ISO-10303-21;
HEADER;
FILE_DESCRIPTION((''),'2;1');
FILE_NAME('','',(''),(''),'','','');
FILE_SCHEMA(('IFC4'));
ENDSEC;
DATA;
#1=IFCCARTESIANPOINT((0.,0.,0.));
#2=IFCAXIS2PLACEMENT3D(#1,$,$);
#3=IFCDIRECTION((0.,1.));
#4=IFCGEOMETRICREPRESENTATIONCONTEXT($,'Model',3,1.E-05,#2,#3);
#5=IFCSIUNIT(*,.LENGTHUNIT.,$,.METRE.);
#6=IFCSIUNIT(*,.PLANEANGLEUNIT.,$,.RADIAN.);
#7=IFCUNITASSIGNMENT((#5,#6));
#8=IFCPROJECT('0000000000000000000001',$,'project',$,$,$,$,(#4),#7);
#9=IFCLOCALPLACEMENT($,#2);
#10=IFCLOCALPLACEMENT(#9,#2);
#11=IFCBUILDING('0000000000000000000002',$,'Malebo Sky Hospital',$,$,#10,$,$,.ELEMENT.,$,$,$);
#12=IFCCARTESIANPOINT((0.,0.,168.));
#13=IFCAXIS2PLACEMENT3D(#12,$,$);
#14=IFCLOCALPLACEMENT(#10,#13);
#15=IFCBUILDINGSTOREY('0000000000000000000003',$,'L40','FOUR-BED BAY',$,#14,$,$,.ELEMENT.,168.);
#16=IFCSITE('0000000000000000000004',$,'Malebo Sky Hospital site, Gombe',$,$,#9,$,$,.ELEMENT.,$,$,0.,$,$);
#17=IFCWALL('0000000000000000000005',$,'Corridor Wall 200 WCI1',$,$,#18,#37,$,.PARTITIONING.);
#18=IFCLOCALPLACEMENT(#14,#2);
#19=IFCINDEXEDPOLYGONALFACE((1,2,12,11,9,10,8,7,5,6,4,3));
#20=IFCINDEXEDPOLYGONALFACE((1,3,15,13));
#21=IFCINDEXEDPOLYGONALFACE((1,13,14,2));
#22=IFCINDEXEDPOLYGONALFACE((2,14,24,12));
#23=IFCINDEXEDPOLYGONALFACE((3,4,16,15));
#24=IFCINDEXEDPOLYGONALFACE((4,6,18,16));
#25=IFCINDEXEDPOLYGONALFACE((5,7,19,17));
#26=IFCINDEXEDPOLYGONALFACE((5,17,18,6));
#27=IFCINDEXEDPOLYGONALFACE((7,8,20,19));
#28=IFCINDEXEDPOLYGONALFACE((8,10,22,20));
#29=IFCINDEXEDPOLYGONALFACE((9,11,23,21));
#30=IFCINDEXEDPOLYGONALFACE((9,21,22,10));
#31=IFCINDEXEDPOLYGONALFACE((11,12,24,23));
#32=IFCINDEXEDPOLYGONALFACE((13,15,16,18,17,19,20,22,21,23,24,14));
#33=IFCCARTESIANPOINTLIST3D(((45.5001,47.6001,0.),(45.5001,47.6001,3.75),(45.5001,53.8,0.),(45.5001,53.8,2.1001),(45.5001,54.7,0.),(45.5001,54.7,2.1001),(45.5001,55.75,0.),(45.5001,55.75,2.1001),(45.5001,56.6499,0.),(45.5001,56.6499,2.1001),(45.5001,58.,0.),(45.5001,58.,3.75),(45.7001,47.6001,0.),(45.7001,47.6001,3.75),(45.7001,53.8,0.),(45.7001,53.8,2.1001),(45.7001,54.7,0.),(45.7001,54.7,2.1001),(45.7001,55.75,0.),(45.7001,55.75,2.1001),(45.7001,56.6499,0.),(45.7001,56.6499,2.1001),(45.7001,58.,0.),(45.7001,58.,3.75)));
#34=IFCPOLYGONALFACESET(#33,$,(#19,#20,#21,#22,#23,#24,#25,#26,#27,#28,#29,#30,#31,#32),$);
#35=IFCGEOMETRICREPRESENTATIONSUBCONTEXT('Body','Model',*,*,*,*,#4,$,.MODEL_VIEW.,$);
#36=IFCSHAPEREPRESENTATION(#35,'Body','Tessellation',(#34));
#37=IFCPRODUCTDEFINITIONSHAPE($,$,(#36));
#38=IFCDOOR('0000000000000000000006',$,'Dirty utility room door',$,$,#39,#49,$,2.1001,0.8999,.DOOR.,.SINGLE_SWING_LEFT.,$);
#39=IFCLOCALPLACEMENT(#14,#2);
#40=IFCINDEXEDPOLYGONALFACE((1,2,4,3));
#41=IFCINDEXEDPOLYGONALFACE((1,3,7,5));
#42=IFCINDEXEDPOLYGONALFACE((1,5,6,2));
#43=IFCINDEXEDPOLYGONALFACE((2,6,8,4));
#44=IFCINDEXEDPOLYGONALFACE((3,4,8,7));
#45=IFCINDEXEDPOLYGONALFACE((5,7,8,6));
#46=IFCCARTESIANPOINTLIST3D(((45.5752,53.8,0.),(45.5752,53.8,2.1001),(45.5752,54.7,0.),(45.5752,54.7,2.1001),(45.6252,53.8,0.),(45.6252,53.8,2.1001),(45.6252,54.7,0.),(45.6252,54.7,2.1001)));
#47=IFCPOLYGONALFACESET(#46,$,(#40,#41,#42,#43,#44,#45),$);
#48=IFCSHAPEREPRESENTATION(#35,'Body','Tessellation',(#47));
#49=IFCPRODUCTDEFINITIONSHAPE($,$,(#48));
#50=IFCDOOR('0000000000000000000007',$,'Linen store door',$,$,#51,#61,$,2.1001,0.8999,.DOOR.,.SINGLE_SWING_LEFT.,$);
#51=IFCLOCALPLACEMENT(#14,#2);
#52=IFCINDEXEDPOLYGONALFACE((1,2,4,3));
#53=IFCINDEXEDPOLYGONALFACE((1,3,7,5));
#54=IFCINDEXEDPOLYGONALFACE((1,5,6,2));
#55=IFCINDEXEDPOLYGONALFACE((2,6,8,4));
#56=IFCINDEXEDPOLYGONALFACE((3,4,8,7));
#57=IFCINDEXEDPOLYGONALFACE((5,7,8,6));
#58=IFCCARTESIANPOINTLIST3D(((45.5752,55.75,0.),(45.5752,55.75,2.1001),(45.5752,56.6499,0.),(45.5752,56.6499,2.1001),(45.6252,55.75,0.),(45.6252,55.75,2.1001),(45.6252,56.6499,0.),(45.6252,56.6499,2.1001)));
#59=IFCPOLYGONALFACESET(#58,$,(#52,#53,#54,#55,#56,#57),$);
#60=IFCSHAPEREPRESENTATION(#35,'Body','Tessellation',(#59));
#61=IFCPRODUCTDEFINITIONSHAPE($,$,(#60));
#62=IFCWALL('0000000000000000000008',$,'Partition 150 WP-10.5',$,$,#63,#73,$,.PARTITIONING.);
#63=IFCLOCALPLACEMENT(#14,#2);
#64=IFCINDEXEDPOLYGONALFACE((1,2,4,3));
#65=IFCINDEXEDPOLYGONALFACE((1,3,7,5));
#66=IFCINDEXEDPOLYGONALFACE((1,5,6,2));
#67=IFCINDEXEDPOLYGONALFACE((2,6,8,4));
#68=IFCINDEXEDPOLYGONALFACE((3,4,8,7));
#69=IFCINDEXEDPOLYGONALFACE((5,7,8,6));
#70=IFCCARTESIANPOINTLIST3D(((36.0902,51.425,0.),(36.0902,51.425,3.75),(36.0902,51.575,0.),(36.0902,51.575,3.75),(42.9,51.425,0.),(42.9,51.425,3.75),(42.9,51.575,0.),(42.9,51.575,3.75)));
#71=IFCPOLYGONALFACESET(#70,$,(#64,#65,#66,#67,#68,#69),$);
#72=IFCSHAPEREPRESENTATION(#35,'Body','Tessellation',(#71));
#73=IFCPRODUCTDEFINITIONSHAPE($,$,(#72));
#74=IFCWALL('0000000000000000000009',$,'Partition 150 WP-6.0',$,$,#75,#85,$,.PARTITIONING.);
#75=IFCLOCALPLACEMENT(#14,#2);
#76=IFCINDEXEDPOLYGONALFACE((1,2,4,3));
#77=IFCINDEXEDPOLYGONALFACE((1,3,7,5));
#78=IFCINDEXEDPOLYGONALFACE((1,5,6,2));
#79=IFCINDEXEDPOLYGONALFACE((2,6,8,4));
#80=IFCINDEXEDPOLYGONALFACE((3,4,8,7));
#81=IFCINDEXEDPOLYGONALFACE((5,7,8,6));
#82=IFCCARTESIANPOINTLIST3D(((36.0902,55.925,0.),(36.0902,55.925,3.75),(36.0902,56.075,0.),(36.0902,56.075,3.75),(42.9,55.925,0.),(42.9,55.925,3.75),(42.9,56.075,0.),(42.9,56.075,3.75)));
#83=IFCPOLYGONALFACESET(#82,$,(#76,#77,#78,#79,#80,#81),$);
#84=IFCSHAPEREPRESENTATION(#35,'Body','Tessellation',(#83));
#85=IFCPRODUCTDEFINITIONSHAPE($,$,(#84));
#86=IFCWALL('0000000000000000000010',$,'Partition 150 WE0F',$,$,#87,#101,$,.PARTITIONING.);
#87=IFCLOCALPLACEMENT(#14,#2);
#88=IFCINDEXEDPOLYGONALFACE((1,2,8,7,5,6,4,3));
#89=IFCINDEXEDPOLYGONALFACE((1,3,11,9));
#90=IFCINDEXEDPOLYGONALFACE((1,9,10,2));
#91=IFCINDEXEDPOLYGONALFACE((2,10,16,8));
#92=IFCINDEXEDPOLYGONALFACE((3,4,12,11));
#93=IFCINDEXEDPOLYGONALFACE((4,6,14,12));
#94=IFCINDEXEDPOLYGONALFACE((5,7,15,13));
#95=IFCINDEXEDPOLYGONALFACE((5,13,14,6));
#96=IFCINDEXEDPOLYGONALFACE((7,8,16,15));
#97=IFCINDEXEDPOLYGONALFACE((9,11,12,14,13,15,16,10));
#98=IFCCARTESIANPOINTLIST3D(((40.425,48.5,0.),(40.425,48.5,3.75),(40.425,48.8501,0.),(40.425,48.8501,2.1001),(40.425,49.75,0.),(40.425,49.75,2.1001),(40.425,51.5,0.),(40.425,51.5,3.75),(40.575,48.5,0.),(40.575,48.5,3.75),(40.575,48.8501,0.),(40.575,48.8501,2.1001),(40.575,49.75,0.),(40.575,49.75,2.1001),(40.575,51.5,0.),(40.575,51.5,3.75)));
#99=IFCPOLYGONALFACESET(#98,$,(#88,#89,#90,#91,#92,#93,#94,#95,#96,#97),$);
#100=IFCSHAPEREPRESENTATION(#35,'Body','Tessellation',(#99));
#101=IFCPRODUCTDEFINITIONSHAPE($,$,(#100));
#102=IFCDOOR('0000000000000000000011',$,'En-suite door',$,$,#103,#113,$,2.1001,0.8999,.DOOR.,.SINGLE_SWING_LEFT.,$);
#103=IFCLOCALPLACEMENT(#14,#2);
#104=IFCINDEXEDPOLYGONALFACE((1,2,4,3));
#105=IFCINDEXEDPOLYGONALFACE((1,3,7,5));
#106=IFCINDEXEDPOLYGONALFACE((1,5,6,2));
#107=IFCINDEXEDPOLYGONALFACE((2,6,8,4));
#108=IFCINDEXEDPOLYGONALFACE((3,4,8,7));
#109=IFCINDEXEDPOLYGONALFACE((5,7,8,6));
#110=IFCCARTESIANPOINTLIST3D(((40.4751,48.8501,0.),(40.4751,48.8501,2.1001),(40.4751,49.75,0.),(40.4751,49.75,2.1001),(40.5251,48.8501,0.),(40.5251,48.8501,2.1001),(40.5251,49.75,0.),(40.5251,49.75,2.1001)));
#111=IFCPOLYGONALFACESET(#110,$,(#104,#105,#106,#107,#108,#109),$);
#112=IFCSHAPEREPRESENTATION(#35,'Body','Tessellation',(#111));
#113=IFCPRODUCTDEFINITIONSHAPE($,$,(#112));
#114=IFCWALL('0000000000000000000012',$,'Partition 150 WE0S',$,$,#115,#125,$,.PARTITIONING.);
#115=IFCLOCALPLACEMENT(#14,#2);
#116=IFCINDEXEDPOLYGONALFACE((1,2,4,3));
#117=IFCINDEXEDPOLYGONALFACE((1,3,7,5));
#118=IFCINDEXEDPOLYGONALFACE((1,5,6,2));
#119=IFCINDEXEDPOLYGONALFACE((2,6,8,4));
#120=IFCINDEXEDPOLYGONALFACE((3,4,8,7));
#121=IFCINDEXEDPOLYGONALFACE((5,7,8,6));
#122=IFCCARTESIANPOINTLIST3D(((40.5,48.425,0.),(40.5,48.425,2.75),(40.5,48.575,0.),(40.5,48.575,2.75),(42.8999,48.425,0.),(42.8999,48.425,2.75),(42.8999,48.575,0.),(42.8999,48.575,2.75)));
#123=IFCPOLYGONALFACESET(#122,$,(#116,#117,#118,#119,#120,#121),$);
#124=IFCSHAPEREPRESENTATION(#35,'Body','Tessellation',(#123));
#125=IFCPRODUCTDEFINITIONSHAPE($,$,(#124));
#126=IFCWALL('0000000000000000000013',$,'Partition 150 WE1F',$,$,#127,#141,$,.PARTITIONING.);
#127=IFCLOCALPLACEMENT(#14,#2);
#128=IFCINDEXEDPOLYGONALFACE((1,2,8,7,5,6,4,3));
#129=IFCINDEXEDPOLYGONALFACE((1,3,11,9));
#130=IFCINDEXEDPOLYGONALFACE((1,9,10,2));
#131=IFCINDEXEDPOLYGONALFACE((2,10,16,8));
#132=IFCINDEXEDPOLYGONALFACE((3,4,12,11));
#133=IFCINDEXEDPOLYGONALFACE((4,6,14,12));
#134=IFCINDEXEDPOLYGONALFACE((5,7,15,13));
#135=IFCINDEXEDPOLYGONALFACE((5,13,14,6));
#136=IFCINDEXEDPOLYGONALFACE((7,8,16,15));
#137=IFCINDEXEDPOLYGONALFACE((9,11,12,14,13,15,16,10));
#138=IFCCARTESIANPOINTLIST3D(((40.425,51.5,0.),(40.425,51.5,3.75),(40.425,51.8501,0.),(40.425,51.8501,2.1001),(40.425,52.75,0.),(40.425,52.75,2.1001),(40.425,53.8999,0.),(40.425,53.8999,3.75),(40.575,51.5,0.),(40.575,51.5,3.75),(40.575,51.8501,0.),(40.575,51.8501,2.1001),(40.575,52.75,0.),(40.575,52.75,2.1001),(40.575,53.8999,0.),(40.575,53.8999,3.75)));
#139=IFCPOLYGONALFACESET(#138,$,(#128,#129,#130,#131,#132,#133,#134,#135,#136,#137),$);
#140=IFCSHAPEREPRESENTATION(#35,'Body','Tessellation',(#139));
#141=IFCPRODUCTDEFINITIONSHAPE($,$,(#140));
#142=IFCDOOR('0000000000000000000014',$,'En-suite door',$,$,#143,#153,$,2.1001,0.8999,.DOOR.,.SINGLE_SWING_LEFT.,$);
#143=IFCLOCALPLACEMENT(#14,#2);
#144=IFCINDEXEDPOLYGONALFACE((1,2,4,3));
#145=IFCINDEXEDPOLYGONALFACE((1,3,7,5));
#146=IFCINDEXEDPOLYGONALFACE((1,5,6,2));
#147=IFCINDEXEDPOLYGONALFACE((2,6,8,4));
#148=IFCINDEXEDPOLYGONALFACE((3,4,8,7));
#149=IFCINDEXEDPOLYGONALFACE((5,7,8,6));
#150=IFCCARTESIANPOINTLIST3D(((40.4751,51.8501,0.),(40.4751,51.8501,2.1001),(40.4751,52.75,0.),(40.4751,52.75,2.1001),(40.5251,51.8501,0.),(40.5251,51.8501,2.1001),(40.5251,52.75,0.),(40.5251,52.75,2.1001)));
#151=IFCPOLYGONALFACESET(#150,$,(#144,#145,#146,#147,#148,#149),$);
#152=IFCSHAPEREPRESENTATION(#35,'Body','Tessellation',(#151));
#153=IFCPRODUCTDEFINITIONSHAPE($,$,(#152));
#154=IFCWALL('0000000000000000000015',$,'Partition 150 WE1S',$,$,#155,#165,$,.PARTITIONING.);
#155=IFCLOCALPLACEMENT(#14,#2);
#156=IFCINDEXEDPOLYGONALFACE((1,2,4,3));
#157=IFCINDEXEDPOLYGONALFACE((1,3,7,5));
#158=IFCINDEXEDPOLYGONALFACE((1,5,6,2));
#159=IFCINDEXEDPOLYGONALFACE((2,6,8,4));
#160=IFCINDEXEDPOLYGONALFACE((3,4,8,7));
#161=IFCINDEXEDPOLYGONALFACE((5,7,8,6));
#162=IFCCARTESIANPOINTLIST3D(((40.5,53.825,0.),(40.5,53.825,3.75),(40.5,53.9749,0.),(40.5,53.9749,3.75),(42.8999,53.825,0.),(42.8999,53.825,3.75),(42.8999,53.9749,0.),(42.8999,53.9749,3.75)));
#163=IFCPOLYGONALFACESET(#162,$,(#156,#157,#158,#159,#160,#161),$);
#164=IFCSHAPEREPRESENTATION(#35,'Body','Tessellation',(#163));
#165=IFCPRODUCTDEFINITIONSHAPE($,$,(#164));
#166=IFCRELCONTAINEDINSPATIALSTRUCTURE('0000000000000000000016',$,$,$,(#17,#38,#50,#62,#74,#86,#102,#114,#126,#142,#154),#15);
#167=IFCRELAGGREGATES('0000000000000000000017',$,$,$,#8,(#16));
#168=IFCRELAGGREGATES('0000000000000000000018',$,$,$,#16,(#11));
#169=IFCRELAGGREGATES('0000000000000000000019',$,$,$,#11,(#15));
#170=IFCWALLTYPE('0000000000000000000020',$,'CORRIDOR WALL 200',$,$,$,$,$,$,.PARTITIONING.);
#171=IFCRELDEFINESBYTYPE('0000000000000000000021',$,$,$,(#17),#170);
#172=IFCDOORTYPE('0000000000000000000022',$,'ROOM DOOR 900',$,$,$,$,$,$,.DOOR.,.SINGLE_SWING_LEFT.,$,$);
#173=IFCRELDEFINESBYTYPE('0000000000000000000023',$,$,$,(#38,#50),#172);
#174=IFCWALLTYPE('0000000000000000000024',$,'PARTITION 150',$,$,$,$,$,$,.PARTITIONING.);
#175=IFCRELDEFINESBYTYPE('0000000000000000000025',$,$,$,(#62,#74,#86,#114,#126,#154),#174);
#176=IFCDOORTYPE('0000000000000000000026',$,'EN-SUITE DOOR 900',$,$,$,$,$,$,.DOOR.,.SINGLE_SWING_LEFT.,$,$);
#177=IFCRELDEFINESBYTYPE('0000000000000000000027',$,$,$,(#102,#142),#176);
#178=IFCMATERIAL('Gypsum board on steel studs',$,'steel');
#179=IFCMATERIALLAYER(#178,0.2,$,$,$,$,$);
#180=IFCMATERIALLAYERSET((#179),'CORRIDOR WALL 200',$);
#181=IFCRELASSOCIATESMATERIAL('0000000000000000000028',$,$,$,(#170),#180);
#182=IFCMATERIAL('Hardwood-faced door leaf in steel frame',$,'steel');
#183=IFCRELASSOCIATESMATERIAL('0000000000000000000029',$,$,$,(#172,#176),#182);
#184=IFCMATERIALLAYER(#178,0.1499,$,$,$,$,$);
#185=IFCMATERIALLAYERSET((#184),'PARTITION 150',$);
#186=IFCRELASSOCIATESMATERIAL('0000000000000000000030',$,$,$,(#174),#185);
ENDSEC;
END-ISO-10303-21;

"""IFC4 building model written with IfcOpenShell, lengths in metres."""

from ifc_helpers import new_model, si_unit, direction, frame, frame_2d, origin, place, context, subcontext, project, spatial, rectangle, extrude, material, layer, layer_set, type_object, element, fill, save


model = new_model("IFC4")

# Units and contexts
model_context = context("Model", 3, precision=1e-05, world=origin(), true_north=direction((0.0, 1.0)))
body_context = subcontext(model_context, "Body", "Model", "MODEL_VIEW")
ifc_project = project(units=[si_unit("LENGTHUNIT", "METRE"), si_unit("PLANEANGLEUNIT", "RADIAN")], contexts=[model_context])

# Site, building, storey
site_placement = place(None, origin())
site = spatial("IfcSite", under=ifc_project, at=site_placement, Name="Malebo Sky Hospital site, Gombe", CompositionType="ELEMENT", RefElevation=0.0)
building_placement = place(site_placement, origin())
building = spatial("IfcBuilding", under=site, at=building_placement, Name="Malebo Sky Hospital", CompositionType="ELEMENT")
storey_placement = place(building_placement, frame((0.0, 0.0, 168.0)))
storey = spatial("IfcBuildingStorey", under=building, at=storey_placement, Name="L40", Description="FOUR-BED BAY", CompositionType="ELEMENT", Elevation=168.0)

# Wall, openings, doors
ifc_material_1 = material(Name="Gypsum board on steel studs", Category="steel")
ifc_layer_1 = layer(ifc_material_1, 0.2)
ifc_layer_set_1 = layer_set([ifc_layer_1], Name="CORRIDOR WALL 200")
wall_type_1 = type_object("IfcWallType", Name="CORRIDOR WALL 200", PredefinedType="PARTITIONING", material=ifc_layer_set_1)
wall_1_placement = place(storey_placement, frame((45.6001, 47.6001, 0.0), z_axis=(0.0, 0.0, 1.0), x_axis=(0.0, 1.0, 0.0)))
wall_1 = element("IfcWall", 1, at=wall_1_placement, inside=storey, type_object=wall_type_1, Name="Corridor Wall 200 WCI1", PredefinedType="PARTITIONING", context=body_context, shape_type="SweptSolid", body=[
    extrude(rectangle(XDim=10.3999, YDim=0.2, at=frame_2d((5.2, 0.0))), origin(), (0.0, 0.0, 1.0), 3.75),
])
opening_1_placement = place(wall_1_placement, frame((6.2, 0.0, 0.0)))
opening_1 = element("IfcOpeningElement", 2, at=opening_1_placement, cuts=wall_1, PredefinedType="OPENING", context=body_context, shape_type="SweptSolid", body=[
    extrude(rectangle(XDim=0.8999, YDim=2.1001, at=frame_2d((0.45, 1.05))), frame((0.0, 0.1099, 0.0), z_axis=(0.0, -1.0, 0.0), x_axis=(1.0, 0.0, 0.0)), (0.0, 0.0, 1.0), 0.22),
])
opening_2_placement = place(wall_1_placement, frame((8.1499, 0.0, 0.0)))
opening_2 = element("IfcOpeningElement", 3, at=opening_2_placement, cuts=wall_1, PredefinedType="OPENING", context=body_context, shape_type="SweptSolid", body=[
    extrude(rectangle(XDim=0.8999, YDim=2.1001, at=frame_2d((0.45, 1.05))), frame((0.0, 0.1099, 0.0), z_axis=(0.0, -1.0, 0.0), x_axis=(1.0, 0.0, 0.0)), (0.0, 0.0, 1.0), 0.22),
])
ifc_material_2 = material(Name="Hardwood-faced door leaf in steel frame", Category="steel")
door_type_1 = type_object("IfcDoorType", Name="ROOM DOOR 900", OperationType="SINGLE_SWING_LEFT", PredefinedType="DOOR", material=ifc_material_2)
door_1_placement = place(opening_1_placement, origin())
door_1 = element("IfcDoor", 4, at=door_1_placement, inside=storey, type_object=door_type_1, Name="Dirty utility room door", OperationType="SINGLE_SWING_LEFT", OverallHeight=2.1001, OverallWidth=0.8999, PredefinedType="DOOR", context=body_context, shape_type="SweptSolid", body=[
    extrude(rectangle(XDim=0.8999, YDim=2.1001, at=frame_2d((0.45, 1.05))), frame((0.0, 0.0249, 0.0), z_axis=(0.0, -1.0, 0.0), x_axis=(1.0, 0.0, 0.0)), (0.0, 0.0, 1.0), 0.05),
])
fill(opening_1, door_1)
door_2_placement = place(opening_2_placement, origin())
door_2 = element("IfcDoor", 5, at=door_2_placement, inside=storey, type_object=door_type_1, Name="Linen store door", OperationType="SINGLE_SWING_LEFT", OverallHeight=2.1001, OverallWidth=0.8999, PredefinedType="DOOR", context=body_context, shape_type="SweptSolid", body=[
    extrude(rectangle(XDim=0.8999, YDim=2.1001, at=frame_2d((0.45, 1.05))), frame((0.0, 0.0249, 0.0), z_axis=(0.0, -1.0, 0.0), x_axis=(1.0, 0.0, 0.0)), (0.0, 0.0, 1.0), 0.05),
])
fill(opening_2, door_2)

# Walls
ifc_layer_2 = layer(ifc_material_1, 0.1499)
ifc_layer_set_2 = layer_set([ifc_layer_2], Name="PARTITION 150")
wall_type_2 = type_object("IfcWallType", Name="PARTITION 150", PredefinedType="PARTITIONING", material=ifc_layer_set_2)
for number, where, z_axis, x_axis, name in (
    (6, (42.8999, 51.5, 0.0), (0.0, 0.0, 1.0), (-1.0, 0.0, 0.0), "Partition 150 WP-10.5"),
    (7, (42.8999, 56.0, 0.0), (0.0, 0.0, 1.0), (-1.0, 0.0, 0.0), "Partition 150 WP-6.0"),
):
    element("IfcWall", number, at=place(storey_placement, frame(where, z_axis=z_axis, x_axis=x_axis)), inside=storey, type_object=wall_type_2, Name=name, PredefinedType="PARTITIONING", context=body_context, shape_type="SweptSolid", body=[
        extrude(rectangle(XDim=6.8098, YDim=0.1499, at=frame_2d((3.4048, 0.0))), origin(), (0.0, 0.0, 1.0), 3.75),
    ])

# Wall, opening, door
wall_2_placement = place(storey_placement, frame((40.5, 48.5, 0.0), z_axis=(0.0, 0.0, 1.0), x_axis=(0.0, 1.0, 0.0)))
wall_2 = element("IfcWall", 8, at=wall_2_placement, inside=storey, type_object=wall_type_2, Name="Partition 150 WE0F", PredefinedType="PARTITIONING", context=body_context, shape_type="SweptSolid", body=[
    extrude(rectangle(XDim=3.0, YDim=0.1499, at=frame_2d((1.5, 0.0))), origin(), (0.0, 0.0, 1.0), 3.75),
])
opening_3_placement = place(wall_2_placement, frame((0.3501, 0.0, 0.0)))
opening_3 = element("IfcOpeningElement", 9, at=opening_3_placement, cuts=wall_2, PredefinedType="OPENING", context=body_context, shape_type="SweptSolid", body=[
    extrude(rectangle(XDim=0.8999, YDim=2.1001, at=frame_2d((0.45, 1.05))), frame((0.0, 0.085, 0.0), z_axis=(0.0, -1.0, 0.0), x_axis=(1.0, 0.0, 0.0)), (0.0, 0.0, 1.0), 0.1699),
])
door_type_2 = type_object("IfcDoorType", Name="EN-SUITE DOOR 900", OperationType="SINGLE_SWING_LEFT", PredefinedType="DOOR", material=ifc_material_2)
door_3_placement = place(opening_3_placement, origin())
door_3 = element("IfcDoor", 10, at=door_3_placement, inside=storey, type_object=door_type_2, Name="En-suite door", OperationType="SINGLE_SWING_LEFT", OverallHeight=2.1001, OverallWidth=0.8999, PredefinedType="DOOR", context=body_context, shape_type="SweptSolid", body=[
    extrude(rectangle(XDim=0.8999, YDim=2.1001, at=frame_2d((0.45, 1.05))), frame((0.0, 0.0249, 0.0), z_axis=(0.0, -1.0, 0.0), x_axis=(1.0, 0.0, 0.0)), (0.0, 0.0, 1.0), 0.05),
])
fill(opening_3, door_3)

# Wall
wall_3_placement = place(storey_placement, frame((42.8999, 48.5, 0.0), z_axis=(0.0, 0.0, 1.0), x_axis=(-1.0, 0.0, 0.0)))
element("IfcWall", 11, at=wall_3_placement, inside=storey, type_object=wall_type_2, Name="Partition 150 WE0S", PredefinedType="PARTITIONING", context=body_context, shape_type="SweptSolid", body=[
    extrude(rectangle(XDim=2.3999, YDim=0.1499, at=frame_2d((1.2, 0.0))), origin(), (0.0, 0.0, 1.0), 2.75),
])

# Wall, opening, door
wall_4_placement = place(storey_placement, frame((40.5, 51.5, 0.0), z_axis=(0.0, 0.0, 1.0), x_axis=(0.0, 1.0, 0.0)))
wall_4 = element("IfcWall", 12, at=wall_4_placement, inside=storey, type_object=wall_type_2, Name="Partition 150 WE1F", PredefinedType="PARTITIONING", context=body_context, shape_type="SweptSolid", body=[
    extrude(rectangle(XDim=2.3999, YDim=0.1499, at=frame_2d((1.2, 0.0))), origin(), (0.0, 0.0, 1.0), 3.75),
])
opening_4_placement = place(wall_4_placement, frame((0.3501, 0.0, 0.0)))
opening_4 = element("IfcOpeningElement", 13, at=opening_4_placement, cuts=wall_4, PredefinedType="OPENING", context=body_context, shape_type="SweptSolid", body=[
    extrude(rectangle(XDim=0.8999, YDim=2.1001, at=frame_2d((0.45, 1.05))), frame((0.0, 0.085, 0.0), z_axis=(0.0, -1.0, 0.0), x_axis=(1.0, 0.0, 0.0)), (0.0, 0.0, 1.0), 0.1699),
])
door_4_placement = place(opening_4_placement, origin())
door_4 = element("IfcDoor", 14, at=door_4_placement, inside=storey, type_object=door_type_2, Name="En-suite door", OperationType="SINGLE_SWING_LEFT", OverallHeight=2.1001, OverallWidth=0.8999, PredefinedType="DOOR", context=body_context, shape_type="SweptSolid", body=[
    extrude(rectangle(XDim=0.8999, YDim=2.1001, at=frame_2d((0.45, 1.05))), frame((0.0, 0.0249, 0.0), z_axis=(0.0, -1.0, 0.0), x_axis=(1.0, 0.0, 0.0)), (0.0, 0.0, 1.0), 0.05),
])
fill(opening_4, door_4)

# Wall
wall_5_placement = place(storey_placement, frame((42.8999, 53.8999, 0.0), z_axis=(0.0, 0.0, 1.0), x_axis=(-1.0, 0.0, 0.0)))
element("IfcWall", 15, at=wall_5_placement, inside=storey, type_object=wall_type_2, Name="Partition 150 WE1S", PredefinedType="PARTITIONING", context=body_context, shape_type="SweptSolid", body=[
    extrude(rectangle(XDim=2.3999, YDim=0.1499, at=frame_2d((1.2, 0.0))), origin(), (0.0, 0.0, 1.0), 3.75),
])

save(model, "model.ifc")
